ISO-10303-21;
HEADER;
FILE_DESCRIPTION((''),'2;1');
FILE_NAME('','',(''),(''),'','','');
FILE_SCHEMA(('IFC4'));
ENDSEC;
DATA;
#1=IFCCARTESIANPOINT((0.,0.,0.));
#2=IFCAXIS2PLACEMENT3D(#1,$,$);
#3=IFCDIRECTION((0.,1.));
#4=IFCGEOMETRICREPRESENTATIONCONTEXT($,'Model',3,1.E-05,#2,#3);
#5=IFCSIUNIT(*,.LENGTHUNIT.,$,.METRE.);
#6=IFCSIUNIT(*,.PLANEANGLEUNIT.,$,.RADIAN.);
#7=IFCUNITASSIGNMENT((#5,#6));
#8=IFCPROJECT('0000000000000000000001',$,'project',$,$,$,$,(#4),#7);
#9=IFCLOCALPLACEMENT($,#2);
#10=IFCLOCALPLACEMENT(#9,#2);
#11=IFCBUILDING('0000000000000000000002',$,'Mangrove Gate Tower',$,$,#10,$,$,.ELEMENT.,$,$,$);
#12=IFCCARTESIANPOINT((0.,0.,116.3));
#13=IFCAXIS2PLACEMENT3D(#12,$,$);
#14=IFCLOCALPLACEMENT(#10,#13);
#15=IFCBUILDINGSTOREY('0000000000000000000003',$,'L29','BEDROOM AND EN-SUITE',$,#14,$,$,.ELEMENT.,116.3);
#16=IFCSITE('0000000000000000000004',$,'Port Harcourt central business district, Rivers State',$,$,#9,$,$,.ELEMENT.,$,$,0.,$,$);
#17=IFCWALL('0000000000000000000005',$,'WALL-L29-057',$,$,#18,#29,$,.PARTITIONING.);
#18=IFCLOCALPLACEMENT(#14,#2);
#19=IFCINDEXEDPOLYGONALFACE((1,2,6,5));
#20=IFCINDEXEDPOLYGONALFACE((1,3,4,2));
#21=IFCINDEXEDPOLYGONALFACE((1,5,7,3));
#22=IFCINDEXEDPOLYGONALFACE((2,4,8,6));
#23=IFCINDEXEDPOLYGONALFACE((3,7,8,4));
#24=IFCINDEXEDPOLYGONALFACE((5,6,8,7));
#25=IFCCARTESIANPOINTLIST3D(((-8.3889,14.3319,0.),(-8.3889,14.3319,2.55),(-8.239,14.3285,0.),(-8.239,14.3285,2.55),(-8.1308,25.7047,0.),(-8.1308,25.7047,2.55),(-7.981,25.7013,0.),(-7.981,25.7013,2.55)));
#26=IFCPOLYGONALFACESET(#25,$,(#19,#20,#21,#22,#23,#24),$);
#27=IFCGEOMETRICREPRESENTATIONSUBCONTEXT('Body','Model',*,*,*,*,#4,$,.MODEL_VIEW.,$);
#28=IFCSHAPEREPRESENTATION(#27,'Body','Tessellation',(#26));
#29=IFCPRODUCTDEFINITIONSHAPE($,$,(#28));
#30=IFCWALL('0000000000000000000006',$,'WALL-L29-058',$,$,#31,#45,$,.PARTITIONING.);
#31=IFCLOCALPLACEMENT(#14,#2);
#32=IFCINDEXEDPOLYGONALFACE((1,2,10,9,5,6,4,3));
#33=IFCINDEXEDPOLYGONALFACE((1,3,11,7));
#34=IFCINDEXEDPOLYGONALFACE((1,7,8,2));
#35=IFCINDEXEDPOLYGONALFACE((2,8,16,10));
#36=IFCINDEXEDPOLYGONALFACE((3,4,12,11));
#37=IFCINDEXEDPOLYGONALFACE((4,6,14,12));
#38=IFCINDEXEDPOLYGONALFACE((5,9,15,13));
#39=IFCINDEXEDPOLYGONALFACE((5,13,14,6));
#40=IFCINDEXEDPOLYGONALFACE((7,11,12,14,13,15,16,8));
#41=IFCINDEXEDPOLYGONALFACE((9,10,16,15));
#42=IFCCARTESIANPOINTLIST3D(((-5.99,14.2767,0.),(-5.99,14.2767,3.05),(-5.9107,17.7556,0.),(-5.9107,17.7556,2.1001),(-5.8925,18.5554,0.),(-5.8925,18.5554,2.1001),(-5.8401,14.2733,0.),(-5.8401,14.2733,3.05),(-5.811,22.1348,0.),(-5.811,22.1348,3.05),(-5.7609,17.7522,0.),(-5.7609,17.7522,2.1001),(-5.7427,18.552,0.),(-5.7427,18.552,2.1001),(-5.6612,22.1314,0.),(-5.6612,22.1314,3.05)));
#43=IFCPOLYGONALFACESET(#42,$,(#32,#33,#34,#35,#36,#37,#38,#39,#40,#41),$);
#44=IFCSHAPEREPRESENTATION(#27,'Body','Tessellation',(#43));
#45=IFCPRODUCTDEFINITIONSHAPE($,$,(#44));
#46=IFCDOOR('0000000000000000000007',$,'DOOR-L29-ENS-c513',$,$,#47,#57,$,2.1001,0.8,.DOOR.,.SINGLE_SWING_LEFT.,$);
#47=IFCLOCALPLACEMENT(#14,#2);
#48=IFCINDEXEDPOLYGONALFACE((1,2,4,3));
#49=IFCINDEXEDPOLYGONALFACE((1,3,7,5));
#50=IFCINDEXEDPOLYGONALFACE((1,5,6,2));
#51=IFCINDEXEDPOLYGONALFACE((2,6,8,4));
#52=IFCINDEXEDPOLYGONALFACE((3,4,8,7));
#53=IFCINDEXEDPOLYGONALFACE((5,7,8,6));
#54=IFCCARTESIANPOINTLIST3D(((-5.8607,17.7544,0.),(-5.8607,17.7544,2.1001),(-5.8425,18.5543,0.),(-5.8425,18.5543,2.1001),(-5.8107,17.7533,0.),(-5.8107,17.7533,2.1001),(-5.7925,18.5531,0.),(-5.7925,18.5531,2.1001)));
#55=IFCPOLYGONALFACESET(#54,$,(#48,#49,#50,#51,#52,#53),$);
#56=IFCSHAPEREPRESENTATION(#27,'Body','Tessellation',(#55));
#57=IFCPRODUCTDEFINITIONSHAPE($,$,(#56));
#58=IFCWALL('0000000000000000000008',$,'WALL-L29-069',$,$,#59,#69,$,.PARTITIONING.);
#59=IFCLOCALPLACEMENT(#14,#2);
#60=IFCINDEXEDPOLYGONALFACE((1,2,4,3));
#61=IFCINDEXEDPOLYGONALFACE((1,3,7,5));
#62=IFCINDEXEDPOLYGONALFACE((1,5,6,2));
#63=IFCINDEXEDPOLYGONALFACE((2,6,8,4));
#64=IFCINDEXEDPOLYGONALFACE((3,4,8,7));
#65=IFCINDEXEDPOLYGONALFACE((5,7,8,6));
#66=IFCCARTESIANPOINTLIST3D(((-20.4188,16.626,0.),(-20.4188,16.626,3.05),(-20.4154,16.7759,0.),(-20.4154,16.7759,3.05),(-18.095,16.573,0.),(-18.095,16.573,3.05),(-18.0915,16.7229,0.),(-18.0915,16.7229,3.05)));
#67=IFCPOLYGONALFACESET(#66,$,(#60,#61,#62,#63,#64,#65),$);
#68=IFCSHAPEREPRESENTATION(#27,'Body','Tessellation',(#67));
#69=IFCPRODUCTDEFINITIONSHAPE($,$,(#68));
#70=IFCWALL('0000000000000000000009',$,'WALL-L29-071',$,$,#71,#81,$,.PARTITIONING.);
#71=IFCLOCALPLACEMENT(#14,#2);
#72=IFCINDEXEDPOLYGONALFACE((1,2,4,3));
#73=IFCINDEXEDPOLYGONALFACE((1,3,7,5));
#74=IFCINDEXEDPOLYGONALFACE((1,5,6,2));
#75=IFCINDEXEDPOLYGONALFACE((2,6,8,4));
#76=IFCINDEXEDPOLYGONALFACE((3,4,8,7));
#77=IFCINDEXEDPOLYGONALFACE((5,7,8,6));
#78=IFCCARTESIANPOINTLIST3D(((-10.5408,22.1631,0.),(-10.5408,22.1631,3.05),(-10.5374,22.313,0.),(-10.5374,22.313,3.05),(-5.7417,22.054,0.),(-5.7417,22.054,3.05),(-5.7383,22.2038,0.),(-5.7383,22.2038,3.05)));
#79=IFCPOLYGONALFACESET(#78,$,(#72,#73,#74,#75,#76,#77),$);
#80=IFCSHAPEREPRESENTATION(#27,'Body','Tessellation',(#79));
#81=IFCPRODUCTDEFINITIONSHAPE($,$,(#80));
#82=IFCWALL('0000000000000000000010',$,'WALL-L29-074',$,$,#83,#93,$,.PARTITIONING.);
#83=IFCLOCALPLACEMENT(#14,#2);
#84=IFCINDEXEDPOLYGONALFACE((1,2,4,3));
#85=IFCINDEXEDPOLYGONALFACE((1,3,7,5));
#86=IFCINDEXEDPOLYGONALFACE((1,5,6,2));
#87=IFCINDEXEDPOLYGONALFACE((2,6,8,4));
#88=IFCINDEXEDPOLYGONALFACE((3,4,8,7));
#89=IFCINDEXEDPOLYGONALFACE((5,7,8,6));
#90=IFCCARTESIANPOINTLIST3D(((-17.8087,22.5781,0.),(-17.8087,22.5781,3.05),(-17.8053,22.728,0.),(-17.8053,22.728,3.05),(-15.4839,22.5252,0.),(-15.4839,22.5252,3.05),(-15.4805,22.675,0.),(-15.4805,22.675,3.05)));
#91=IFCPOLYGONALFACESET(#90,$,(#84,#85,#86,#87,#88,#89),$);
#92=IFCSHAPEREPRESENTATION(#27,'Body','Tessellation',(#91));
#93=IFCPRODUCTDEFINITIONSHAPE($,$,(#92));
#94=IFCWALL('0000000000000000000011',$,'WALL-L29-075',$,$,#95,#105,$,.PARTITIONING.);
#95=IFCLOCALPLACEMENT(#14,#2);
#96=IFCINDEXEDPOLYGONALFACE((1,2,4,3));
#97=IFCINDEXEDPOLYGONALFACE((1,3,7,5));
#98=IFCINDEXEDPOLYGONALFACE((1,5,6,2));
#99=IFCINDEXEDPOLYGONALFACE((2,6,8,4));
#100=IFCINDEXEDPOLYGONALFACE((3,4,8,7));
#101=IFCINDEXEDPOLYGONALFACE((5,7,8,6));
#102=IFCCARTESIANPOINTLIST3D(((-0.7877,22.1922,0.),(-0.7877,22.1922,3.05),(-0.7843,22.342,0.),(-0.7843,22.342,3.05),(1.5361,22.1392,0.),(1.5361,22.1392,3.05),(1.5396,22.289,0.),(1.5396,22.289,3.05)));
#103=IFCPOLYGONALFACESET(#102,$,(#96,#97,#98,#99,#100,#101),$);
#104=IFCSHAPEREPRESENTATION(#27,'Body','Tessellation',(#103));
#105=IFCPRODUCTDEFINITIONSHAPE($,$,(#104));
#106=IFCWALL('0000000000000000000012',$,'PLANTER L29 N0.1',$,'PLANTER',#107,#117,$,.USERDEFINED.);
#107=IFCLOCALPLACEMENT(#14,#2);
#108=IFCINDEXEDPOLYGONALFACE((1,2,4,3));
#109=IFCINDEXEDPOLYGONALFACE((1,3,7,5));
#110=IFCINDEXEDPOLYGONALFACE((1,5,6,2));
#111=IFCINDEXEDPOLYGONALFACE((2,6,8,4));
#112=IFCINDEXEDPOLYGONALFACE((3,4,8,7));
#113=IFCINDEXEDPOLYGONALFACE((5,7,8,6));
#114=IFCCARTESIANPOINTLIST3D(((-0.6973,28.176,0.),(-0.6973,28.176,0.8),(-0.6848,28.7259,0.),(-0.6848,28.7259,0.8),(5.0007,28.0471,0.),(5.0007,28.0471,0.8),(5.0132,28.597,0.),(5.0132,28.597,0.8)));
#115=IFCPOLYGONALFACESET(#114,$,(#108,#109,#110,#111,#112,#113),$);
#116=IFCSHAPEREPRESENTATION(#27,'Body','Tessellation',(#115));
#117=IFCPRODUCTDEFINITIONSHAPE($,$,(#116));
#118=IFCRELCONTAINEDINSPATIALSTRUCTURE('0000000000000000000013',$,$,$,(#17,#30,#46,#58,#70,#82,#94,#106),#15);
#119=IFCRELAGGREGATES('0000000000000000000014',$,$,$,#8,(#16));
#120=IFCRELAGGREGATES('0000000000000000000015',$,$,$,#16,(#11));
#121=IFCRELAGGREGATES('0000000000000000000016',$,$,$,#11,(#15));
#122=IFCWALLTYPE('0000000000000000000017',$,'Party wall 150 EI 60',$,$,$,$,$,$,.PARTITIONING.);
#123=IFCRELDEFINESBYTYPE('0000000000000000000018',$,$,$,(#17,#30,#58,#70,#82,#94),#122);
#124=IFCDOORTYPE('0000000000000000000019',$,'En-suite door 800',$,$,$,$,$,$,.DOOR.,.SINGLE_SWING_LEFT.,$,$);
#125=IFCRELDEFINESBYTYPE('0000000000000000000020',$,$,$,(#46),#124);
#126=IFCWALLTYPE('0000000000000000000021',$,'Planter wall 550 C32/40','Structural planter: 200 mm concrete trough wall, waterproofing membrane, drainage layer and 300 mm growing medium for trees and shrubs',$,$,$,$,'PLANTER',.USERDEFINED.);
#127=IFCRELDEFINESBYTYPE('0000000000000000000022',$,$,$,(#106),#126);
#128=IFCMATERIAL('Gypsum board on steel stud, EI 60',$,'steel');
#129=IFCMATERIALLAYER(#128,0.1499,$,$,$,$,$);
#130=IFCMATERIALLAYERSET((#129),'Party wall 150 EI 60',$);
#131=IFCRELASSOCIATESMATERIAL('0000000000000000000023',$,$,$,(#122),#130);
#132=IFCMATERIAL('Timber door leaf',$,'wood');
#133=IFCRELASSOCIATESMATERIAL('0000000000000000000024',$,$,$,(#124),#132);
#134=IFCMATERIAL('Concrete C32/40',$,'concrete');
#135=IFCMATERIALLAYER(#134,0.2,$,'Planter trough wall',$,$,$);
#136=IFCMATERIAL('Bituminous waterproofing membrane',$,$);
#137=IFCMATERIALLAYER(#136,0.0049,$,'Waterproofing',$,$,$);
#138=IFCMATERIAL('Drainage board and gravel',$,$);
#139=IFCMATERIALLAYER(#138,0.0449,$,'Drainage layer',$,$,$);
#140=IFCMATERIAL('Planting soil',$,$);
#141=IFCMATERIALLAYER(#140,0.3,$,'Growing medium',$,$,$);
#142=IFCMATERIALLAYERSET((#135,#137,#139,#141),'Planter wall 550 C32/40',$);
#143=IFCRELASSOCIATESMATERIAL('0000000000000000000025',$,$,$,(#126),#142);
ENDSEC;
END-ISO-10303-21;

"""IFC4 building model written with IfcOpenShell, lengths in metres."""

from ifc_helpers import new_model, si_unit, direction, frame, frame_2d, origin, place, context, subcontext, project, spatial, rectangle, extrude, material, layer, layer_set, type_object, element, fill, save


model = new_model("IFC4")

# Units and contexts
model_context = context("Model", 3, precision=1e-05, world=origin(), true_north=direction((0.0, 1.0)))
body_context = subcontext(model_context, "Body", "Model", "MODEL_VIEW")
ifc_project = project(units=[si_unit("LENGTHUNIT", "METRE"), si_unit("PLANEANGLEUNIT", "RADIAN")], contexts=[model_context])

# Site, building, storey
site_placement = place(None, origin())
site = spatial("IfcSite", under=ifc_project, at=site_placement, Name="Port Harcourt central business district, Rivers State", CompositionType="ELEMENT", RefElevation=0.0)
building_placement = place(site_placement, origin())
building = spatial("IfcBuilding", under=site, at=building_placement, Name="Mangrove Gate Tower", CompositionType="ELEMENT")
storey_placement = place(building_placement, frame((0.0, 0.0, 116.3)))
storey = spatial("IfcBuildingStorey", under=building, at=storey_placement, Name="L29", Description="BEDROOM AND EN-SUITE", CompositionType="ELEMENT", Elevation=116.3)

# Shared definitions
ifc_material_1 = material(Name="Gypsum board on steel stud, EI 60", Category="steel")
ifc_layer_1 = layer(ifc_material_1, 0.1499)
ifc_layer_set_1 = layer_set([ifc_layer_1], Name="Party wall 150 EI 60")
wall_type_1 = type_object("IfcWallType", Name="Party wall 150 EI 60", PredefinedType="PARTITIONING", material=ifc_layer_set_1)

# Shared definitions
ifc_material_2 = material(Name="Timber door leaf", Category="wood")
door_type = type_object("IfcDoorType", Name="En-suite door 800", OperationType="SINGLE_SWING_LEFT", PredefinedType="DOOR", material=ifc_material_2)

# Wall
wall_1_placement = place(storey_placement, frame((-8.314, 14.3301, 0.0), z_axis=(0.0, 0.0, 1.0), x_axis=(0.022685, 0.999743, 0.0)))
element("IfcWall", 1, at=wall_1_placement, inside=storey, type_object=wall_type_1, Name="WALL-L29-057", PredefinedType="PARTITIONING", context=body_context, shape_type="SweptSolid", body=[
    extrude(rectangle(XDim=11.3757, YDim=0.1499, at=frame_2d((5.688, 0.0))), origin(), (0.0, 0.0, 1.0), 2.55),
])

# Wall, opening, door
wall_2_placement = place(storey_placement, frame((-5.915, 14.2749, 0.0), z_axis=(0.0, 0.0, 1.0), x_axis=(0.022767, 0.999741, 0.0)))
wall_2 = element("IfcWall", 2, at=wall_2_placement, inside=storey, type_object=wall_type_1, Name="WALL-L29-058", PredefinedType="PARTITIONING", context=body_context, shape_type="SweptSolid", body=[
    extrude(rectangle(XDim=7.8601, YDim=0.1499, at=frame_2d((3.9302, 0.0))), origin(), (0.0, 0.0, 1.0), 3.05),
])
opening_1_placement = place(wall_2_placement, frame((3.48, 0.0, 0.0)))
opening_1 = element("IfcOpeningElement", 3, at=opening_1_placement, cuts=wall_2, PredefinedType="OPENING", context=body_context, shape_type="SweptSolid", body=[
    extrude(rectangle(XDim=0.8, YDim=2.1001, at=frame_2d((0.3999, 1.05))), frame((0.0, 0.085, 0.0), z_axis=(0.0, -1.0, 0.0), x_axis=(1.0, 0.0, 0.0)), (0.0, 0.0, 1.0), 0.1699),
])
door_1_placement = place(opening_1_placement, origin())
door_1 = element("IfcDoor", 4, at=door_1_placement, inside=storey, type_object=door_type, Name="DOOR-L29-ENS-c513", OperationType="SINGLE_SWING_LEFT", OverallHeight=2.1001, OverallWidth=0.8, PredefinedType="DOOR", context=body_context, shape_type="SweptSolid", body=[
    extrude(rectangle(XDim=0.8, YDim=2.1001, at=frame_2d((0.3999, 1.05))), frame((0.0, 0.0249, 0.0), z_axis=(0.0, -1.0, 0.0), x_axis=(1.0, 0.0, 0.0)), (0.0, 0.0, 1.0), 0.05),
])
fill(opening_1, door_1)

# Walls
wall_3_placement = place(storey_placement, frame((-20.417, 16.7009, 0.0), z_axis=(0.0, 0.0, 1.0), x_axis=(0.99974, -0.022791, 0.0)))
element("IfcWall", 5, at=wall_3_placement, inside=storey, type_object=wall_type_1, Name="WALL-L29-069", PredefinedType="PARTITIONING", context=body_context, shape_type="SweptSolid", body=[
    extrude(rectangle(XDim=2.3245, YDim=0.1499, at=frame_2d((1.1621, 0.0))), origin(), (0.0, 0.0, 1.0), 3.05),
])
wall_4_placement = place(storey_placement, frame((-10.5391, 22.238, 0.0), z_axis=(0.0, 0.0, 1.0), x_axis=(0.999742, -0.022734, 0.0)))
element("IfcWall", 6, at=wall_4_placement, inside=storey, type_object=wall_type_1, Name="WALL-L29-071", PredefinedType="PARTITIONING", context=body_context, shape_type="SweptSolid", body=[
    extrude(rectangle(XDim=4.8003, YDim=0.1499, at=frame_2d((2.4001, 0.0))), origin(), (0.0, 0.0, 1.0), 3.05),
])
wall_5_placement = place(storey_placement, frame((-17.8069, 22.6531, 0.0), z_axis=(0.0, 0.0, 1.0), x_axis=(0.99974, -0.022781, 0.0)))
element("IfcWall", 7, at=wall_5_placement, inside=storey, type_object=wall_type_1, Name="WALL-L29-074", PredefinedType="PARTITIONING", context=body_context, shape_type="SweptSolid", body=[
    extrude(rectangle(XDim=2.3254, YDim=0.1499, at=frame_2d((1.1626, 0.0))), origin(), (0.0, 0.0, 1.0), 3.05),
])
wall_6_placement = place(storey_placement, frame((-0.7859, 22.2671, 0.0), z_axis=(0.0, 0.0, 1.0), x_axis=(0.99974, -0.022791, 0.0)))
element("IfcWall", 8, at=wall_6_placement, inside=storey, type_object=wall_type_1, Name="WALL-L29-075", PredefinedType="PARTITIONING", context=body_context, shape_type="SweptSolid", body=[
    extrude(rectangle(XDim=2.3245, YDim=0.1499, at=frame_2d((1.1621, 0.0))), origin(), (0.0, 0.0, 1.0), 3.05),
])
ifc_material_3 = material(Name="Concrete C32/40", Category="concrete")
ifc_layer_2 = layer(ifc_material_3, 0.2, Name="Planter trough wall")
ifc_material_4 = material(Name="Bituminous waterproofing membrane")
ifc_layer_3 = layer(ifc_material_4, 0.0049, Name="Waterproofing")
ifc_material_5 = material(Name="Drainage board and gravel")
ifc_layer_4 = layer(ifc_material_5, 0.0449, Name="Drainage layer")
ifc_material_6 = material(Name="Planting soil")
ifc_layer_5 = layer(ifc_material_6, 0.3, Name="Growing medium")
ifc_layer_set_2 = layer_set([ifc_layer_2, ifc_layer_3, ifc_layer_4, ifc_layer_5], Name="Planter wall 550 C32/40")
wall_type_2 = type_object("IfcWallType", Name="Planter wall 550 C32/40", Description="Structural planter: 200 mm concrete trough wall, waterproofing membrane, drainage layer and 300 mm growing medium for trees and shrubs", ElementType="PLANTER", PredefinedType="USERDEFINED", material=ifc_layer_set_2)
wall_7_placement = place(storey_placement, frame((-0.6909, 28.4509, 0.0), z_axis=(0.0, 0.0, 1.0), x_axis=(0.999744, -0.022617, 0.0)))
element("IfcWall", 9, at=wall_7_placement, inside=storey, type_object=wall_type_2, Name="PLANTER L29 N0.1", ObjectType="PLANTER", PredefinedType="USERDEFINED", context=body_context, shape_type="SweptSolid", body=[
    extrude(rectangle(XDim=5.6995, YDim=0.55, at=frame_2d((2.8496, 0.0))), origin(), (0.0, 0.0, 1.0), 0.8),
])

save(model, "model.ifc")
